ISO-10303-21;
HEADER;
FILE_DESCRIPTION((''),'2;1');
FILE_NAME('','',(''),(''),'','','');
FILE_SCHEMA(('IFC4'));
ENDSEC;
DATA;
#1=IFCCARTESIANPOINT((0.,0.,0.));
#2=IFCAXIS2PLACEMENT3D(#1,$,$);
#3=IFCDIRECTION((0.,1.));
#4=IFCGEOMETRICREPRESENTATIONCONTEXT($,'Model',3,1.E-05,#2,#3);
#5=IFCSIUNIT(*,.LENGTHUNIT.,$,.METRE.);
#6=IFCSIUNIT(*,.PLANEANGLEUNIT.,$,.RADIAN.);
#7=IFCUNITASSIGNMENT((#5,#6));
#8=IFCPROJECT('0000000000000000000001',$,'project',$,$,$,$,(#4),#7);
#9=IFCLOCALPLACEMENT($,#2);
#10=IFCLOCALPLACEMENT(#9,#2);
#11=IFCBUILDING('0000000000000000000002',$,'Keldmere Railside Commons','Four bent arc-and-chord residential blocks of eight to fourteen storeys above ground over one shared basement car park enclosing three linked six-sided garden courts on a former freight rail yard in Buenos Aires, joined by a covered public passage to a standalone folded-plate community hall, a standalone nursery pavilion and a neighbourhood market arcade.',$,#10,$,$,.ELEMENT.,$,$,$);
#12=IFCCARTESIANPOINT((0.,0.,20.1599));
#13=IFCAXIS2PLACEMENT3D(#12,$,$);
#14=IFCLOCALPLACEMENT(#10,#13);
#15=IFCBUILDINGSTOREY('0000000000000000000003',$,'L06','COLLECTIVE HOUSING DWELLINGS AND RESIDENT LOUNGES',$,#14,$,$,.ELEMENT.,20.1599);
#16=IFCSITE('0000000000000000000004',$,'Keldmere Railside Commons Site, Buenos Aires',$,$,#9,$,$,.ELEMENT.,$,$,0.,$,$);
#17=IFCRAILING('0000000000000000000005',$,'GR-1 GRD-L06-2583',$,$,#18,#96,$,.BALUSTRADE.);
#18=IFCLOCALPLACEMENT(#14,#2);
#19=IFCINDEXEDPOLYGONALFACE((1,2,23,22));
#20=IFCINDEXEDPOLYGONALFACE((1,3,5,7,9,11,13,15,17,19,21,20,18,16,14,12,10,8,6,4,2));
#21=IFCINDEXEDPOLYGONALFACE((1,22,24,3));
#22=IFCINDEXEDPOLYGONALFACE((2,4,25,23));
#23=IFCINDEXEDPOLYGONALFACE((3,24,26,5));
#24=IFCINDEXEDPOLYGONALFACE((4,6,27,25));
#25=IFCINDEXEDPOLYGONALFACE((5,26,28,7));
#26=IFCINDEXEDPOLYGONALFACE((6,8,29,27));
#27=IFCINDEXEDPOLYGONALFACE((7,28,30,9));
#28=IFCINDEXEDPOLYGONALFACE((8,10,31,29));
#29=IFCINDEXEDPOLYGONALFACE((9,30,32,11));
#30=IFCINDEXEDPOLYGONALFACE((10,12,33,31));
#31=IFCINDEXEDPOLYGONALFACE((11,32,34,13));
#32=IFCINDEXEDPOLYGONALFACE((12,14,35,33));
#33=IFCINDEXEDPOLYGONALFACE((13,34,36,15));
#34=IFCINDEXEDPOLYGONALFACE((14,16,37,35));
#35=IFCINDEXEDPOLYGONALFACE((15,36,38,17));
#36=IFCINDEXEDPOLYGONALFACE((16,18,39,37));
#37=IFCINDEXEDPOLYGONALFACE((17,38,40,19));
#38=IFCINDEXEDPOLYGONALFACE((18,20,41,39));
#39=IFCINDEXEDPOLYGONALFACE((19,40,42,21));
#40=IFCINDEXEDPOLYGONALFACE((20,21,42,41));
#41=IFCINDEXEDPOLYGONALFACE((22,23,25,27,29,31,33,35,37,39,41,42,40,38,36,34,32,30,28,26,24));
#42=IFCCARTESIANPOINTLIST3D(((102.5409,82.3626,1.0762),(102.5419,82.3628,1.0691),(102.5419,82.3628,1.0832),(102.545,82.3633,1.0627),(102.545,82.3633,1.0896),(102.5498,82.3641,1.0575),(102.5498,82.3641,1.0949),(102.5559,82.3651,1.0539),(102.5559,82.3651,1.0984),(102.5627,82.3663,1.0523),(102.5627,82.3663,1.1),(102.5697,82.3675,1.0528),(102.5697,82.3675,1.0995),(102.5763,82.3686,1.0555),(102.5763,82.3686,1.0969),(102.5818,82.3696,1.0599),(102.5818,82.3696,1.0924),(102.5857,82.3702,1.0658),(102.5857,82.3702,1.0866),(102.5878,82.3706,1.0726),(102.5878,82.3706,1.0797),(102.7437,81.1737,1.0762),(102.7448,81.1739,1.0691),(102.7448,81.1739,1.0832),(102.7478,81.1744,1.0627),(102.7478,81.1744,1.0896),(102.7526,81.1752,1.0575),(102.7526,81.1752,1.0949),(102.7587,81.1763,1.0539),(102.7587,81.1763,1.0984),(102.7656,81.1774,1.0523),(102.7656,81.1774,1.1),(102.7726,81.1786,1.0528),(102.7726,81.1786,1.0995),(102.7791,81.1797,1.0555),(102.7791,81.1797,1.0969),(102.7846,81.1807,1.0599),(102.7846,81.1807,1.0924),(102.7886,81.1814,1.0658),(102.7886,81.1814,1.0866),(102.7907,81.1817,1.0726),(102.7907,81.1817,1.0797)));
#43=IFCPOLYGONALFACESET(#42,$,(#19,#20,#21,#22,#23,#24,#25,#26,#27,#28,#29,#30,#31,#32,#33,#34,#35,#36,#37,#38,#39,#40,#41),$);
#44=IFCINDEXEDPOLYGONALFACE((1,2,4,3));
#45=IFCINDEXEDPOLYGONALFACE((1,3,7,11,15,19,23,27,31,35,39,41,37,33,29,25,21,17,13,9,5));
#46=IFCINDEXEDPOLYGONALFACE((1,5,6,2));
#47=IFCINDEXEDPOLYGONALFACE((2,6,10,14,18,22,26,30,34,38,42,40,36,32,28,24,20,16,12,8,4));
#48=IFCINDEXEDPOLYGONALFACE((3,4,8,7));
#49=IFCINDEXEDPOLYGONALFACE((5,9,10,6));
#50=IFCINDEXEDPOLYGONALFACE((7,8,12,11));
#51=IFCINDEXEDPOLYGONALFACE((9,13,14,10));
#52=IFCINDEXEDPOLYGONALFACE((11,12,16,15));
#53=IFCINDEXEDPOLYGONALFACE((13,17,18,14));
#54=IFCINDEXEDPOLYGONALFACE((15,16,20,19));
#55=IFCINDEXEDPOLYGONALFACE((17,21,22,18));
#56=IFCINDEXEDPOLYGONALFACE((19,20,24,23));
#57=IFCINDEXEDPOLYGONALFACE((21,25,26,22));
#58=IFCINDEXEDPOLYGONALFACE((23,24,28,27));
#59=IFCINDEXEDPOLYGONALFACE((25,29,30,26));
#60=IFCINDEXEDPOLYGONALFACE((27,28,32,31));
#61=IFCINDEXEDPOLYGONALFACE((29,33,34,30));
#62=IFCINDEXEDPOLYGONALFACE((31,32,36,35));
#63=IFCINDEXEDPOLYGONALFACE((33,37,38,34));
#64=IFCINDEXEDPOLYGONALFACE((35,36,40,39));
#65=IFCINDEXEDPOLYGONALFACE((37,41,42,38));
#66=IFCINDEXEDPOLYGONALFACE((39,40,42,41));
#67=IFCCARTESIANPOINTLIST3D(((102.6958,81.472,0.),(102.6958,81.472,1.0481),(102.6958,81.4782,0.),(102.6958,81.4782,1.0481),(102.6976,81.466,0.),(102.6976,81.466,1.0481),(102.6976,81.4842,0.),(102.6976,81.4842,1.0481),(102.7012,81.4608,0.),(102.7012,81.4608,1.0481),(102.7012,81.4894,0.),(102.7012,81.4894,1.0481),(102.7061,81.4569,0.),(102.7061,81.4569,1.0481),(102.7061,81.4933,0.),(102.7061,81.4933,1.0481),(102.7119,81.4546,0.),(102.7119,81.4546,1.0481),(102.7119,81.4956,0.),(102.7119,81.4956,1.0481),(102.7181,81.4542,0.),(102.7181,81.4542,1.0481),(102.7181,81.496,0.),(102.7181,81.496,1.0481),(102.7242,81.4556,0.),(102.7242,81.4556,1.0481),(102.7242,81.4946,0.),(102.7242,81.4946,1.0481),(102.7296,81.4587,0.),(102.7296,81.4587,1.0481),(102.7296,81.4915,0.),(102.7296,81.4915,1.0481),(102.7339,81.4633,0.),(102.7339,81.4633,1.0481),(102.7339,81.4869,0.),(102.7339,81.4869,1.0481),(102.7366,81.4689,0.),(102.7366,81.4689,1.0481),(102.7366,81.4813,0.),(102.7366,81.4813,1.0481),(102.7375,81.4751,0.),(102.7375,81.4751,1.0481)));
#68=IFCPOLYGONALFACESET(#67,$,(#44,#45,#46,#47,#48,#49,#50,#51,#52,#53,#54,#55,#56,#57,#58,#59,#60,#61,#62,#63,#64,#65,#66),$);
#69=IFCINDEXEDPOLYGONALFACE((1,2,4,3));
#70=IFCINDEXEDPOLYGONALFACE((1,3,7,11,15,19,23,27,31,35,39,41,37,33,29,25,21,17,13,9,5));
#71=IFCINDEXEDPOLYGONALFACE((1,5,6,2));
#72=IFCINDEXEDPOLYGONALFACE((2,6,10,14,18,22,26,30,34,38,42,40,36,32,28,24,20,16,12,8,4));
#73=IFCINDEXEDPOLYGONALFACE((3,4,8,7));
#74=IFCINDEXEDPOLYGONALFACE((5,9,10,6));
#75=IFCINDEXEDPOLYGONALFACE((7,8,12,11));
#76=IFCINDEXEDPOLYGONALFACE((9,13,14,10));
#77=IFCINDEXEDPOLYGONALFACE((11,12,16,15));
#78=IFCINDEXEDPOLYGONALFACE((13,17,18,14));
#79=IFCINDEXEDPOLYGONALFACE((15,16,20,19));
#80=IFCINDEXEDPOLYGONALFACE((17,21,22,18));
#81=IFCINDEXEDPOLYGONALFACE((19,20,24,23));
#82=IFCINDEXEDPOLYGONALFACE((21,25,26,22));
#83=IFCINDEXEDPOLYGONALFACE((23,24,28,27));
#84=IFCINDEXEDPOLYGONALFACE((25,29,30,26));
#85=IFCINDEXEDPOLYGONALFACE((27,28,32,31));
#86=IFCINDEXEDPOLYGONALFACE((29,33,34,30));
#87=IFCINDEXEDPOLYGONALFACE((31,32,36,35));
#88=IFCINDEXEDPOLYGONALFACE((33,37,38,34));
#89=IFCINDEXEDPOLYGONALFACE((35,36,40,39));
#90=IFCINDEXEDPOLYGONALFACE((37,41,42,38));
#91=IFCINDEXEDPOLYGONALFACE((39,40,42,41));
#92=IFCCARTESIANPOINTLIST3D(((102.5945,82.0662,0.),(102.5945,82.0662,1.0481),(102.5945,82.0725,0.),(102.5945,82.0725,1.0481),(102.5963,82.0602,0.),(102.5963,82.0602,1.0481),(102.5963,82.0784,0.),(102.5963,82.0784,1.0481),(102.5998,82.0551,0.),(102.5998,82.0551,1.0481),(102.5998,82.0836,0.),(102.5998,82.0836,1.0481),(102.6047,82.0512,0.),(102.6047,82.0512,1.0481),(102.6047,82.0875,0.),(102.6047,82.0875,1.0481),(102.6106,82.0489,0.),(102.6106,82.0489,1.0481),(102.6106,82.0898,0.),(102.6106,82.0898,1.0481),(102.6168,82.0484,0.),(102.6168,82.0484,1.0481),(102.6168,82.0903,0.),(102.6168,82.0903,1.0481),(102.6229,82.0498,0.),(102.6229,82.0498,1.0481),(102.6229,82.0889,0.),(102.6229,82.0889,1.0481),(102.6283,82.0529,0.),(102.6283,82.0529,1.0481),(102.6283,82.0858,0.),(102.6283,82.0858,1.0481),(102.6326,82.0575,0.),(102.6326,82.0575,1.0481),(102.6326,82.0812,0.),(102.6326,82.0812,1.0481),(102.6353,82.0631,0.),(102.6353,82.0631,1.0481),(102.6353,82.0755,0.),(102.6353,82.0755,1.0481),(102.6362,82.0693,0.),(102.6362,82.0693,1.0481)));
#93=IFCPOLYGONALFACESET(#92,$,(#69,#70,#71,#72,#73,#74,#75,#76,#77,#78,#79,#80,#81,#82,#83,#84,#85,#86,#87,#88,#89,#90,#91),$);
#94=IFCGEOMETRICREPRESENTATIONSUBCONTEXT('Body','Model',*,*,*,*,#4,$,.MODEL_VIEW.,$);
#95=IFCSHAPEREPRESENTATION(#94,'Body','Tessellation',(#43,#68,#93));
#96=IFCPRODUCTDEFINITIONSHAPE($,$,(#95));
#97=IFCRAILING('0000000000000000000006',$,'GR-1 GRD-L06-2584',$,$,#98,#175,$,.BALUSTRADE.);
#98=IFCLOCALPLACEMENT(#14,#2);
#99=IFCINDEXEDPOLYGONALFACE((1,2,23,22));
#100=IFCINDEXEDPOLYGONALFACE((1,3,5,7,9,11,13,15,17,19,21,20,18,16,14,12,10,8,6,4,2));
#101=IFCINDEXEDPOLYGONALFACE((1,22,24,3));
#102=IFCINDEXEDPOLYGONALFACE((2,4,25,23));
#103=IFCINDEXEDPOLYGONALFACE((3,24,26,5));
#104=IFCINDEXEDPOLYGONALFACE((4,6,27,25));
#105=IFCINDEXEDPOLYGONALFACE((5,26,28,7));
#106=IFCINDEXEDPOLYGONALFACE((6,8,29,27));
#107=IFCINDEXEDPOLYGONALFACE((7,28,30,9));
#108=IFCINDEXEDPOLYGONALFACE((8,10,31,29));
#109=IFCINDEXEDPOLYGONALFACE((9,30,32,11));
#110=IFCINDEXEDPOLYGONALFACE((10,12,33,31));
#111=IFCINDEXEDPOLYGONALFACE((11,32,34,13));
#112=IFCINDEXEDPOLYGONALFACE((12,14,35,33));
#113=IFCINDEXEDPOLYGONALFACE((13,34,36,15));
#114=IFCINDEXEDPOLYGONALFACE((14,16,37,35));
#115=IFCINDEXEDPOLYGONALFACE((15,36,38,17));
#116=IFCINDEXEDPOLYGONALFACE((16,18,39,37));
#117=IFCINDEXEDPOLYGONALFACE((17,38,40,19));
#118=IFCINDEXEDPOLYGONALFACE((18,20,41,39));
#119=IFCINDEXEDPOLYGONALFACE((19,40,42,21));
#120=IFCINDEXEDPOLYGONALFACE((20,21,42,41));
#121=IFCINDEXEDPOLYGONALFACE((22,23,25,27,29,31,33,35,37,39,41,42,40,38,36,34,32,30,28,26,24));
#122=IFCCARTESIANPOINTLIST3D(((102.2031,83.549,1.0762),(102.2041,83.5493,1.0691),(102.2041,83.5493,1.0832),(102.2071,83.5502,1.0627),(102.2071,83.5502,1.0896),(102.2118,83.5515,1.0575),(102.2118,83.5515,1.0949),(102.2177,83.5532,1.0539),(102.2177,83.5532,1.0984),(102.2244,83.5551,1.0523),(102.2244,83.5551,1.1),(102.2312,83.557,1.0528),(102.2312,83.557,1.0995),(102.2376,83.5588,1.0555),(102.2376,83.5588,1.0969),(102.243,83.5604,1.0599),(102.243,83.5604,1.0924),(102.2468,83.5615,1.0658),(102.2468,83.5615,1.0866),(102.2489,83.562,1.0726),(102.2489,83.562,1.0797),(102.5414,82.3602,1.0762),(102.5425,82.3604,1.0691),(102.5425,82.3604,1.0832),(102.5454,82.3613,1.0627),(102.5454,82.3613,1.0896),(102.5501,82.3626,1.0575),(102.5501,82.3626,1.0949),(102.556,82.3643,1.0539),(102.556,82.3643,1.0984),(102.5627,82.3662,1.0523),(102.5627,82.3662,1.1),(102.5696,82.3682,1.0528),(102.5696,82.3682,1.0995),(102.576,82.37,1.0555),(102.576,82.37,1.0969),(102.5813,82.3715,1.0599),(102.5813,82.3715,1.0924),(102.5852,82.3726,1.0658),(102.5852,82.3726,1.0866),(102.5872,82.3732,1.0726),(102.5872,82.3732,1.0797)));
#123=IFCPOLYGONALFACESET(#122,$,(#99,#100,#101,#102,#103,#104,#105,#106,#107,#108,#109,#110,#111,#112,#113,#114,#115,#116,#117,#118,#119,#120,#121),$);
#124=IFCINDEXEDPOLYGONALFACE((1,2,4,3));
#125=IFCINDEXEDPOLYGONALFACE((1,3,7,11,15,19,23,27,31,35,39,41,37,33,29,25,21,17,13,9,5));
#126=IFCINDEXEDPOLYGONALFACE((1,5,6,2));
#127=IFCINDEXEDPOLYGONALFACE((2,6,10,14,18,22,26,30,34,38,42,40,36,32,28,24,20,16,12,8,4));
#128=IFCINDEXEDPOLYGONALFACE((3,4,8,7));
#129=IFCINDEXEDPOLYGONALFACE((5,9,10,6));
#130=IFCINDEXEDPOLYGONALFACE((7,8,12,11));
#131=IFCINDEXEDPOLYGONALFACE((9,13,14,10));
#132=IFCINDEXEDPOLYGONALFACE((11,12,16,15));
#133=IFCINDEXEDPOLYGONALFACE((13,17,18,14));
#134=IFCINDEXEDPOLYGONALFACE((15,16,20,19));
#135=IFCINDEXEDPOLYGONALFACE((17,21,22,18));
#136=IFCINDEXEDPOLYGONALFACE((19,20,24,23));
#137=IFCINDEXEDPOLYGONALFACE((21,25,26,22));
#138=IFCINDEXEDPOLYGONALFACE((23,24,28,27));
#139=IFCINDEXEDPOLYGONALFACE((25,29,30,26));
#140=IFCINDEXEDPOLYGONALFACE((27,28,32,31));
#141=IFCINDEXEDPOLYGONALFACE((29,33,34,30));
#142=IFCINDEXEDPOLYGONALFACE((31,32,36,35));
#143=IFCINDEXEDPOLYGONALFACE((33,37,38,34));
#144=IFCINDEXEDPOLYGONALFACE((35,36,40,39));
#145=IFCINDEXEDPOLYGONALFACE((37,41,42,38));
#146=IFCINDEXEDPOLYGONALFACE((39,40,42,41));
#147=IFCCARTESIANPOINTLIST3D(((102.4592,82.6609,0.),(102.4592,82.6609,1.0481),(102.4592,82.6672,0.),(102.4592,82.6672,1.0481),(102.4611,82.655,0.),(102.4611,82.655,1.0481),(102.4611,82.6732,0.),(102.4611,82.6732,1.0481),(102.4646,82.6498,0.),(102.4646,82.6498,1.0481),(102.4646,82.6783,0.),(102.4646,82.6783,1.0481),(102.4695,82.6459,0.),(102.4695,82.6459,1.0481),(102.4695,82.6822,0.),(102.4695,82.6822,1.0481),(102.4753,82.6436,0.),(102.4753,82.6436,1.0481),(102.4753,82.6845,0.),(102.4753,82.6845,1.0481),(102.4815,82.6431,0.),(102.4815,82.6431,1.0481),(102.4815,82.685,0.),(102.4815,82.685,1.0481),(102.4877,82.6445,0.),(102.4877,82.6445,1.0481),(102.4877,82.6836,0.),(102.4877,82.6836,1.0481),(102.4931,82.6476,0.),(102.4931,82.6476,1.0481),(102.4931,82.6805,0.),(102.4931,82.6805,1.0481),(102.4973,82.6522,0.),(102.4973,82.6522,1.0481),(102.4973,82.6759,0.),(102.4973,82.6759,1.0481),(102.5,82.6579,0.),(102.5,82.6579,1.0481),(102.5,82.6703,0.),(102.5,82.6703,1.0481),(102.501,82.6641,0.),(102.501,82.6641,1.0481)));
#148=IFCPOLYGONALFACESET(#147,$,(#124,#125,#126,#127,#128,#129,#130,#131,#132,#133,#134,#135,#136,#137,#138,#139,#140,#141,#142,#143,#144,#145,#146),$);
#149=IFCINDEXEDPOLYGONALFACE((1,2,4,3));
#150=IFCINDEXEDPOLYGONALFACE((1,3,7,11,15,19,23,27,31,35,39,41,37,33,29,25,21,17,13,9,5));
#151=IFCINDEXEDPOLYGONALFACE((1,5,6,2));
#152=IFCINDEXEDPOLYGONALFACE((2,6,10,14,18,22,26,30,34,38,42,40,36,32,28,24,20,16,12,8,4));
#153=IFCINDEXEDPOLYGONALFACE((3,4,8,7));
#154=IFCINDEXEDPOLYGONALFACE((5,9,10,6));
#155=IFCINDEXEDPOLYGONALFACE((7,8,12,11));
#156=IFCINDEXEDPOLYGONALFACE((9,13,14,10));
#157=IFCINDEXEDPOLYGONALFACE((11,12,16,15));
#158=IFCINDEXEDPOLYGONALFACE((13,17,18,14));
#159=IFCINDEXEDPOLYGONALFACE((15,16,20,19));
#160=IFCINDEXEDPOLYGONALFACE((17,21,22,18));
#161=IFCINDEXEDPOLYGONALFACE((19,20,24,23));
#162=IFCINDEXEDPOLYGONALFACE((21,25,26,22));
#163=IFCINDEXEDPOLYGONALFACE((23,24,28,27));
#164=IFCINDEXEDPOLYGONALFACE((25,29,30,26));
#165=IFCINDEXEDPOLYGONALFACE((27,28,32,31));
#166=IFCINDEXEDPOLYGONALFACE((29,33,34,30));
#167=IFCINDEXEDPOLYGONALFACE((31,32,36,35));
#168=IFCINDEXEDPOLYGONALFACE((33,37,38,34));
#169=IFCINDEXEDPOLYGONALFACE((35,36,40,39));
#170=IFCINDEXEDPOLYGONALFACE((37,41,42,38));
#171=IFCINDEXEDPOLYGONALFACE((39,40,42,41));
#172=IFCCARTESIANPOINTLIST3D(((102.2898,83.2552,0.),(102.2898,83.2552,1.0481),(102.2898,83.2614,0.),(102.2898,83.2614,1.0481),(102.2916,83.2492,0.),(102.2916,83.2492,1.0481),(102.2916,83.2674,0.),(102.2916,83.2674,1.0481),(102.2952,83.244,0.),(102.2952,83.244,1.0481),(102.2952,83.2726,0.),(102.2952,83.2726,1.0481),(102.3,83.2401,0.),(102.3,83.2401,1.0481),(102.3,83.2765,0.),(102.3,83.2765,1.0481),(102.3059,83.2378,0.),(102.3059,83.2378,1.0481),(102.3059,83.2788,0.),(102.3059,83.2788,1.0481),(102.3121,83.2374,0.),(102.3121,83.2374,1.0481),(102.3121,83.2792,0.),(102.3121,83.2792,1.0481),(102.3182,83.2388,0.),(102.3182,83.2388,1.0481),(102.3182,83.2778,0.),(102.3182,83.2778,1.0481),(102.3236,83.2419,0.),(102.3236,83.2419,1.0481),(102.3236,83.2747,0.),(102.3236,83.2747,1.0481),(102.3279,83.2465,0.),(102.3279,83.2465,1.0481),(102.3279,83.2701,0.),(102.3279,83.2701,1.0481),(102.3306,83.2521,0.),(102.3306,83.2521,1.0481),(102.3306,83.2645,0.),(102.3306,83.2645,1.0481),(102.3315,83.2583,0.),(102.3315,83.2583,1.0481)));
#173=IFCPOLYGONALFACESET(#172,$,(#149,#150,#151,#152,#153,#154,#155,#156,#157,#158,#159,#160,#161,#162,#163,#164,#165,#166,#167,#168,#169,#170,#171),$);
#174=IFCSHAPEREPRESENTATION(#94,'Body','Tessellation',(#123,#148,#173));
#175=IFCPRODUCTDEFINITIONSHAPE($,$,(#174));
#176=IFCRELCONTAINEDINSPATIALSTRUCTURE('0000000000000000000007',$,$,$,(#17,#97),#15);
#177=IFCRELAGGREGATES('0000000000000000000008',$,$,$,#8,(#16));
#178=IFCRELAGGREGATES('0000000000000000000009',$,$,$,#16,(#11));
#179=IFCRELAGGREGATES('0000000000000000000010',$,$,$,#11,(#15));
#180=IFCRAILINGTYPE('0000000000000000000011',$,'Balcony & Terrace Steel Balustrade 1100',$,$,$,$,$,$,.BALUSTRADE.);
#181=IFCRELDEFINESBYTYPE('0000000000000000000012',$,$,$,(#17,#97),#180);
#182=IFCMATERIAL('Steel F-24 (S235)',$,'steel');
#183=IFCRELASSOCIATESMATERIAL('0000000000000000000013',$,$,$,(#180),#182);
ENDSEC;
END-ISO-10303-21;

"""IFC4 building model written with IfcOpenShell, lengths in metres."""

from ifc_helpers import new_model, si_unit, direction, frame, origin, origin_2d, place, context, subcontext, project, spatial, circle, extrude, material, type_object, element, save


model = new_model("IFC4")

# Units and contexts
model_context = context("Model", 3, precision=1e-05, world=origin(), true_north=direction((0.0, 1.0)))
body_context = subcontext(model_context, "Body", "Model", "MODEL_VIEW")
ifc_project = project(units=[si_unit("LENGTHUNIT", "METRE"), si_unit("PLANEANGLEUNIT", "RADIAN")], contexts=[model_context])

# Site, building, storey
site_placement = place(None, origin())
site = spatial("IfcSite", under=ifc_project, at=site_placement, Name="Keldmere Railside Commons Site, Buenos Aires", CompositionType="ELEMENT", RefElevation=0.0)
building_placement = place(site_placement, origin())
building = spatial("IfcBuilding", under=site, at=building_placement, Name="Keldmere Railside Commons", Description="Four bent arc-and-chord residential blocks of eight to fourteen storeys above ground over one shared basement car park enclosing three linked six-sided garden courts on a former freight rail yard in Buenos Aires, joined by a covered public passage to a standalone folded-plate community hall, a standalone nursery pavilion and a neighbourhood market arcade.", CompositionType="ELEMENT")
storey_placement = place(building_placement, frame((0.0, 0.0, 20.1599)))
storey = spatial("IfcBuildingStorey", under=building, at=storey_placement, Name="L06", Description="COLLECTIVE HOUSING DWELLINGS AND RESIDENT LOUNGES", CompositionType="ELEMENT", Elevation=20.1599)

# Shared definitions
ifc_material_1 = material(Name="Steel F-24 (S235)", Category="steel")

# Railings
railing_type = type_object("IfcRailingType", Name="Balcony & Terrace Steel Balustrade 1100", PredefinedType="BALUSTRADE", material=ifc_material_1)
railing_1_placement = place(storey_placement, frame((102.7673, 81.1777, 0.0)))
element("IfcRailing", 1, at=railing_1_placement, inside=storey, type_object=railing_type, Name="GR-1 GRD-L06-2583", PredefinedType="BALUSTRADE", context=body_context, shape_type="SweptSolid", body=[
    extrude(circle(Radius=0.0239, at=origin_2d()), frame((0.0, 0.0, 1.0762), z_axis=(-0.168205, 0.985752, 0.0), x_axis=(-0.985752, -0.168205, 0.0)), (0.0, 0.0, 1.0), 1.2061),
    extrude(circle(Radius=0.021, at=origin_2d()), frame((-0.0508, 0.2974, 0.0)), (0.0, 0.0, 1.0), 1.0481),
    extrude(circle(Radius=0.021, at=origin_2d()), frame((-0.1521, 0.8916, 0.0)), (0.0, 0.0, 1.0), 1.0481),
])
railing_2_placement = place(storey_placement, frame((102.5645, 82.3667, 0.0)))
element("IfcRailing", 2, at=railing_2_placement, inside=storey, type_object=railing_type, Name="GR-1 GRD-L06-2584", PredefinedType="BALUSTRADE", context=body_context, shape_type="SweptSolid", body=[
    extrude(circle(Radius=0.0239, at=origin_2d()), frame((0.0, 0.0, 1.0762), z_axis=(-0.27373, 0.961807, 0.0), x_axis=(-0.961807, -0.27373, 0.0)), (0.0, 0.0, 1.0), 1.2361),
    extrude(circle(Radius=0.021, at=origin_2d()), frame((-0.0845, 0.2974, 0.0)), (0.0, 0.0, 1.0), 1.0481),
    extrude(circle(Radius=0.021, at=origin_2d()), frame((-0.2539, 0.8916, 0.0)), (0.0, 0.0, 1.0), 1.0481),
])

save(model, "model.ifc")
